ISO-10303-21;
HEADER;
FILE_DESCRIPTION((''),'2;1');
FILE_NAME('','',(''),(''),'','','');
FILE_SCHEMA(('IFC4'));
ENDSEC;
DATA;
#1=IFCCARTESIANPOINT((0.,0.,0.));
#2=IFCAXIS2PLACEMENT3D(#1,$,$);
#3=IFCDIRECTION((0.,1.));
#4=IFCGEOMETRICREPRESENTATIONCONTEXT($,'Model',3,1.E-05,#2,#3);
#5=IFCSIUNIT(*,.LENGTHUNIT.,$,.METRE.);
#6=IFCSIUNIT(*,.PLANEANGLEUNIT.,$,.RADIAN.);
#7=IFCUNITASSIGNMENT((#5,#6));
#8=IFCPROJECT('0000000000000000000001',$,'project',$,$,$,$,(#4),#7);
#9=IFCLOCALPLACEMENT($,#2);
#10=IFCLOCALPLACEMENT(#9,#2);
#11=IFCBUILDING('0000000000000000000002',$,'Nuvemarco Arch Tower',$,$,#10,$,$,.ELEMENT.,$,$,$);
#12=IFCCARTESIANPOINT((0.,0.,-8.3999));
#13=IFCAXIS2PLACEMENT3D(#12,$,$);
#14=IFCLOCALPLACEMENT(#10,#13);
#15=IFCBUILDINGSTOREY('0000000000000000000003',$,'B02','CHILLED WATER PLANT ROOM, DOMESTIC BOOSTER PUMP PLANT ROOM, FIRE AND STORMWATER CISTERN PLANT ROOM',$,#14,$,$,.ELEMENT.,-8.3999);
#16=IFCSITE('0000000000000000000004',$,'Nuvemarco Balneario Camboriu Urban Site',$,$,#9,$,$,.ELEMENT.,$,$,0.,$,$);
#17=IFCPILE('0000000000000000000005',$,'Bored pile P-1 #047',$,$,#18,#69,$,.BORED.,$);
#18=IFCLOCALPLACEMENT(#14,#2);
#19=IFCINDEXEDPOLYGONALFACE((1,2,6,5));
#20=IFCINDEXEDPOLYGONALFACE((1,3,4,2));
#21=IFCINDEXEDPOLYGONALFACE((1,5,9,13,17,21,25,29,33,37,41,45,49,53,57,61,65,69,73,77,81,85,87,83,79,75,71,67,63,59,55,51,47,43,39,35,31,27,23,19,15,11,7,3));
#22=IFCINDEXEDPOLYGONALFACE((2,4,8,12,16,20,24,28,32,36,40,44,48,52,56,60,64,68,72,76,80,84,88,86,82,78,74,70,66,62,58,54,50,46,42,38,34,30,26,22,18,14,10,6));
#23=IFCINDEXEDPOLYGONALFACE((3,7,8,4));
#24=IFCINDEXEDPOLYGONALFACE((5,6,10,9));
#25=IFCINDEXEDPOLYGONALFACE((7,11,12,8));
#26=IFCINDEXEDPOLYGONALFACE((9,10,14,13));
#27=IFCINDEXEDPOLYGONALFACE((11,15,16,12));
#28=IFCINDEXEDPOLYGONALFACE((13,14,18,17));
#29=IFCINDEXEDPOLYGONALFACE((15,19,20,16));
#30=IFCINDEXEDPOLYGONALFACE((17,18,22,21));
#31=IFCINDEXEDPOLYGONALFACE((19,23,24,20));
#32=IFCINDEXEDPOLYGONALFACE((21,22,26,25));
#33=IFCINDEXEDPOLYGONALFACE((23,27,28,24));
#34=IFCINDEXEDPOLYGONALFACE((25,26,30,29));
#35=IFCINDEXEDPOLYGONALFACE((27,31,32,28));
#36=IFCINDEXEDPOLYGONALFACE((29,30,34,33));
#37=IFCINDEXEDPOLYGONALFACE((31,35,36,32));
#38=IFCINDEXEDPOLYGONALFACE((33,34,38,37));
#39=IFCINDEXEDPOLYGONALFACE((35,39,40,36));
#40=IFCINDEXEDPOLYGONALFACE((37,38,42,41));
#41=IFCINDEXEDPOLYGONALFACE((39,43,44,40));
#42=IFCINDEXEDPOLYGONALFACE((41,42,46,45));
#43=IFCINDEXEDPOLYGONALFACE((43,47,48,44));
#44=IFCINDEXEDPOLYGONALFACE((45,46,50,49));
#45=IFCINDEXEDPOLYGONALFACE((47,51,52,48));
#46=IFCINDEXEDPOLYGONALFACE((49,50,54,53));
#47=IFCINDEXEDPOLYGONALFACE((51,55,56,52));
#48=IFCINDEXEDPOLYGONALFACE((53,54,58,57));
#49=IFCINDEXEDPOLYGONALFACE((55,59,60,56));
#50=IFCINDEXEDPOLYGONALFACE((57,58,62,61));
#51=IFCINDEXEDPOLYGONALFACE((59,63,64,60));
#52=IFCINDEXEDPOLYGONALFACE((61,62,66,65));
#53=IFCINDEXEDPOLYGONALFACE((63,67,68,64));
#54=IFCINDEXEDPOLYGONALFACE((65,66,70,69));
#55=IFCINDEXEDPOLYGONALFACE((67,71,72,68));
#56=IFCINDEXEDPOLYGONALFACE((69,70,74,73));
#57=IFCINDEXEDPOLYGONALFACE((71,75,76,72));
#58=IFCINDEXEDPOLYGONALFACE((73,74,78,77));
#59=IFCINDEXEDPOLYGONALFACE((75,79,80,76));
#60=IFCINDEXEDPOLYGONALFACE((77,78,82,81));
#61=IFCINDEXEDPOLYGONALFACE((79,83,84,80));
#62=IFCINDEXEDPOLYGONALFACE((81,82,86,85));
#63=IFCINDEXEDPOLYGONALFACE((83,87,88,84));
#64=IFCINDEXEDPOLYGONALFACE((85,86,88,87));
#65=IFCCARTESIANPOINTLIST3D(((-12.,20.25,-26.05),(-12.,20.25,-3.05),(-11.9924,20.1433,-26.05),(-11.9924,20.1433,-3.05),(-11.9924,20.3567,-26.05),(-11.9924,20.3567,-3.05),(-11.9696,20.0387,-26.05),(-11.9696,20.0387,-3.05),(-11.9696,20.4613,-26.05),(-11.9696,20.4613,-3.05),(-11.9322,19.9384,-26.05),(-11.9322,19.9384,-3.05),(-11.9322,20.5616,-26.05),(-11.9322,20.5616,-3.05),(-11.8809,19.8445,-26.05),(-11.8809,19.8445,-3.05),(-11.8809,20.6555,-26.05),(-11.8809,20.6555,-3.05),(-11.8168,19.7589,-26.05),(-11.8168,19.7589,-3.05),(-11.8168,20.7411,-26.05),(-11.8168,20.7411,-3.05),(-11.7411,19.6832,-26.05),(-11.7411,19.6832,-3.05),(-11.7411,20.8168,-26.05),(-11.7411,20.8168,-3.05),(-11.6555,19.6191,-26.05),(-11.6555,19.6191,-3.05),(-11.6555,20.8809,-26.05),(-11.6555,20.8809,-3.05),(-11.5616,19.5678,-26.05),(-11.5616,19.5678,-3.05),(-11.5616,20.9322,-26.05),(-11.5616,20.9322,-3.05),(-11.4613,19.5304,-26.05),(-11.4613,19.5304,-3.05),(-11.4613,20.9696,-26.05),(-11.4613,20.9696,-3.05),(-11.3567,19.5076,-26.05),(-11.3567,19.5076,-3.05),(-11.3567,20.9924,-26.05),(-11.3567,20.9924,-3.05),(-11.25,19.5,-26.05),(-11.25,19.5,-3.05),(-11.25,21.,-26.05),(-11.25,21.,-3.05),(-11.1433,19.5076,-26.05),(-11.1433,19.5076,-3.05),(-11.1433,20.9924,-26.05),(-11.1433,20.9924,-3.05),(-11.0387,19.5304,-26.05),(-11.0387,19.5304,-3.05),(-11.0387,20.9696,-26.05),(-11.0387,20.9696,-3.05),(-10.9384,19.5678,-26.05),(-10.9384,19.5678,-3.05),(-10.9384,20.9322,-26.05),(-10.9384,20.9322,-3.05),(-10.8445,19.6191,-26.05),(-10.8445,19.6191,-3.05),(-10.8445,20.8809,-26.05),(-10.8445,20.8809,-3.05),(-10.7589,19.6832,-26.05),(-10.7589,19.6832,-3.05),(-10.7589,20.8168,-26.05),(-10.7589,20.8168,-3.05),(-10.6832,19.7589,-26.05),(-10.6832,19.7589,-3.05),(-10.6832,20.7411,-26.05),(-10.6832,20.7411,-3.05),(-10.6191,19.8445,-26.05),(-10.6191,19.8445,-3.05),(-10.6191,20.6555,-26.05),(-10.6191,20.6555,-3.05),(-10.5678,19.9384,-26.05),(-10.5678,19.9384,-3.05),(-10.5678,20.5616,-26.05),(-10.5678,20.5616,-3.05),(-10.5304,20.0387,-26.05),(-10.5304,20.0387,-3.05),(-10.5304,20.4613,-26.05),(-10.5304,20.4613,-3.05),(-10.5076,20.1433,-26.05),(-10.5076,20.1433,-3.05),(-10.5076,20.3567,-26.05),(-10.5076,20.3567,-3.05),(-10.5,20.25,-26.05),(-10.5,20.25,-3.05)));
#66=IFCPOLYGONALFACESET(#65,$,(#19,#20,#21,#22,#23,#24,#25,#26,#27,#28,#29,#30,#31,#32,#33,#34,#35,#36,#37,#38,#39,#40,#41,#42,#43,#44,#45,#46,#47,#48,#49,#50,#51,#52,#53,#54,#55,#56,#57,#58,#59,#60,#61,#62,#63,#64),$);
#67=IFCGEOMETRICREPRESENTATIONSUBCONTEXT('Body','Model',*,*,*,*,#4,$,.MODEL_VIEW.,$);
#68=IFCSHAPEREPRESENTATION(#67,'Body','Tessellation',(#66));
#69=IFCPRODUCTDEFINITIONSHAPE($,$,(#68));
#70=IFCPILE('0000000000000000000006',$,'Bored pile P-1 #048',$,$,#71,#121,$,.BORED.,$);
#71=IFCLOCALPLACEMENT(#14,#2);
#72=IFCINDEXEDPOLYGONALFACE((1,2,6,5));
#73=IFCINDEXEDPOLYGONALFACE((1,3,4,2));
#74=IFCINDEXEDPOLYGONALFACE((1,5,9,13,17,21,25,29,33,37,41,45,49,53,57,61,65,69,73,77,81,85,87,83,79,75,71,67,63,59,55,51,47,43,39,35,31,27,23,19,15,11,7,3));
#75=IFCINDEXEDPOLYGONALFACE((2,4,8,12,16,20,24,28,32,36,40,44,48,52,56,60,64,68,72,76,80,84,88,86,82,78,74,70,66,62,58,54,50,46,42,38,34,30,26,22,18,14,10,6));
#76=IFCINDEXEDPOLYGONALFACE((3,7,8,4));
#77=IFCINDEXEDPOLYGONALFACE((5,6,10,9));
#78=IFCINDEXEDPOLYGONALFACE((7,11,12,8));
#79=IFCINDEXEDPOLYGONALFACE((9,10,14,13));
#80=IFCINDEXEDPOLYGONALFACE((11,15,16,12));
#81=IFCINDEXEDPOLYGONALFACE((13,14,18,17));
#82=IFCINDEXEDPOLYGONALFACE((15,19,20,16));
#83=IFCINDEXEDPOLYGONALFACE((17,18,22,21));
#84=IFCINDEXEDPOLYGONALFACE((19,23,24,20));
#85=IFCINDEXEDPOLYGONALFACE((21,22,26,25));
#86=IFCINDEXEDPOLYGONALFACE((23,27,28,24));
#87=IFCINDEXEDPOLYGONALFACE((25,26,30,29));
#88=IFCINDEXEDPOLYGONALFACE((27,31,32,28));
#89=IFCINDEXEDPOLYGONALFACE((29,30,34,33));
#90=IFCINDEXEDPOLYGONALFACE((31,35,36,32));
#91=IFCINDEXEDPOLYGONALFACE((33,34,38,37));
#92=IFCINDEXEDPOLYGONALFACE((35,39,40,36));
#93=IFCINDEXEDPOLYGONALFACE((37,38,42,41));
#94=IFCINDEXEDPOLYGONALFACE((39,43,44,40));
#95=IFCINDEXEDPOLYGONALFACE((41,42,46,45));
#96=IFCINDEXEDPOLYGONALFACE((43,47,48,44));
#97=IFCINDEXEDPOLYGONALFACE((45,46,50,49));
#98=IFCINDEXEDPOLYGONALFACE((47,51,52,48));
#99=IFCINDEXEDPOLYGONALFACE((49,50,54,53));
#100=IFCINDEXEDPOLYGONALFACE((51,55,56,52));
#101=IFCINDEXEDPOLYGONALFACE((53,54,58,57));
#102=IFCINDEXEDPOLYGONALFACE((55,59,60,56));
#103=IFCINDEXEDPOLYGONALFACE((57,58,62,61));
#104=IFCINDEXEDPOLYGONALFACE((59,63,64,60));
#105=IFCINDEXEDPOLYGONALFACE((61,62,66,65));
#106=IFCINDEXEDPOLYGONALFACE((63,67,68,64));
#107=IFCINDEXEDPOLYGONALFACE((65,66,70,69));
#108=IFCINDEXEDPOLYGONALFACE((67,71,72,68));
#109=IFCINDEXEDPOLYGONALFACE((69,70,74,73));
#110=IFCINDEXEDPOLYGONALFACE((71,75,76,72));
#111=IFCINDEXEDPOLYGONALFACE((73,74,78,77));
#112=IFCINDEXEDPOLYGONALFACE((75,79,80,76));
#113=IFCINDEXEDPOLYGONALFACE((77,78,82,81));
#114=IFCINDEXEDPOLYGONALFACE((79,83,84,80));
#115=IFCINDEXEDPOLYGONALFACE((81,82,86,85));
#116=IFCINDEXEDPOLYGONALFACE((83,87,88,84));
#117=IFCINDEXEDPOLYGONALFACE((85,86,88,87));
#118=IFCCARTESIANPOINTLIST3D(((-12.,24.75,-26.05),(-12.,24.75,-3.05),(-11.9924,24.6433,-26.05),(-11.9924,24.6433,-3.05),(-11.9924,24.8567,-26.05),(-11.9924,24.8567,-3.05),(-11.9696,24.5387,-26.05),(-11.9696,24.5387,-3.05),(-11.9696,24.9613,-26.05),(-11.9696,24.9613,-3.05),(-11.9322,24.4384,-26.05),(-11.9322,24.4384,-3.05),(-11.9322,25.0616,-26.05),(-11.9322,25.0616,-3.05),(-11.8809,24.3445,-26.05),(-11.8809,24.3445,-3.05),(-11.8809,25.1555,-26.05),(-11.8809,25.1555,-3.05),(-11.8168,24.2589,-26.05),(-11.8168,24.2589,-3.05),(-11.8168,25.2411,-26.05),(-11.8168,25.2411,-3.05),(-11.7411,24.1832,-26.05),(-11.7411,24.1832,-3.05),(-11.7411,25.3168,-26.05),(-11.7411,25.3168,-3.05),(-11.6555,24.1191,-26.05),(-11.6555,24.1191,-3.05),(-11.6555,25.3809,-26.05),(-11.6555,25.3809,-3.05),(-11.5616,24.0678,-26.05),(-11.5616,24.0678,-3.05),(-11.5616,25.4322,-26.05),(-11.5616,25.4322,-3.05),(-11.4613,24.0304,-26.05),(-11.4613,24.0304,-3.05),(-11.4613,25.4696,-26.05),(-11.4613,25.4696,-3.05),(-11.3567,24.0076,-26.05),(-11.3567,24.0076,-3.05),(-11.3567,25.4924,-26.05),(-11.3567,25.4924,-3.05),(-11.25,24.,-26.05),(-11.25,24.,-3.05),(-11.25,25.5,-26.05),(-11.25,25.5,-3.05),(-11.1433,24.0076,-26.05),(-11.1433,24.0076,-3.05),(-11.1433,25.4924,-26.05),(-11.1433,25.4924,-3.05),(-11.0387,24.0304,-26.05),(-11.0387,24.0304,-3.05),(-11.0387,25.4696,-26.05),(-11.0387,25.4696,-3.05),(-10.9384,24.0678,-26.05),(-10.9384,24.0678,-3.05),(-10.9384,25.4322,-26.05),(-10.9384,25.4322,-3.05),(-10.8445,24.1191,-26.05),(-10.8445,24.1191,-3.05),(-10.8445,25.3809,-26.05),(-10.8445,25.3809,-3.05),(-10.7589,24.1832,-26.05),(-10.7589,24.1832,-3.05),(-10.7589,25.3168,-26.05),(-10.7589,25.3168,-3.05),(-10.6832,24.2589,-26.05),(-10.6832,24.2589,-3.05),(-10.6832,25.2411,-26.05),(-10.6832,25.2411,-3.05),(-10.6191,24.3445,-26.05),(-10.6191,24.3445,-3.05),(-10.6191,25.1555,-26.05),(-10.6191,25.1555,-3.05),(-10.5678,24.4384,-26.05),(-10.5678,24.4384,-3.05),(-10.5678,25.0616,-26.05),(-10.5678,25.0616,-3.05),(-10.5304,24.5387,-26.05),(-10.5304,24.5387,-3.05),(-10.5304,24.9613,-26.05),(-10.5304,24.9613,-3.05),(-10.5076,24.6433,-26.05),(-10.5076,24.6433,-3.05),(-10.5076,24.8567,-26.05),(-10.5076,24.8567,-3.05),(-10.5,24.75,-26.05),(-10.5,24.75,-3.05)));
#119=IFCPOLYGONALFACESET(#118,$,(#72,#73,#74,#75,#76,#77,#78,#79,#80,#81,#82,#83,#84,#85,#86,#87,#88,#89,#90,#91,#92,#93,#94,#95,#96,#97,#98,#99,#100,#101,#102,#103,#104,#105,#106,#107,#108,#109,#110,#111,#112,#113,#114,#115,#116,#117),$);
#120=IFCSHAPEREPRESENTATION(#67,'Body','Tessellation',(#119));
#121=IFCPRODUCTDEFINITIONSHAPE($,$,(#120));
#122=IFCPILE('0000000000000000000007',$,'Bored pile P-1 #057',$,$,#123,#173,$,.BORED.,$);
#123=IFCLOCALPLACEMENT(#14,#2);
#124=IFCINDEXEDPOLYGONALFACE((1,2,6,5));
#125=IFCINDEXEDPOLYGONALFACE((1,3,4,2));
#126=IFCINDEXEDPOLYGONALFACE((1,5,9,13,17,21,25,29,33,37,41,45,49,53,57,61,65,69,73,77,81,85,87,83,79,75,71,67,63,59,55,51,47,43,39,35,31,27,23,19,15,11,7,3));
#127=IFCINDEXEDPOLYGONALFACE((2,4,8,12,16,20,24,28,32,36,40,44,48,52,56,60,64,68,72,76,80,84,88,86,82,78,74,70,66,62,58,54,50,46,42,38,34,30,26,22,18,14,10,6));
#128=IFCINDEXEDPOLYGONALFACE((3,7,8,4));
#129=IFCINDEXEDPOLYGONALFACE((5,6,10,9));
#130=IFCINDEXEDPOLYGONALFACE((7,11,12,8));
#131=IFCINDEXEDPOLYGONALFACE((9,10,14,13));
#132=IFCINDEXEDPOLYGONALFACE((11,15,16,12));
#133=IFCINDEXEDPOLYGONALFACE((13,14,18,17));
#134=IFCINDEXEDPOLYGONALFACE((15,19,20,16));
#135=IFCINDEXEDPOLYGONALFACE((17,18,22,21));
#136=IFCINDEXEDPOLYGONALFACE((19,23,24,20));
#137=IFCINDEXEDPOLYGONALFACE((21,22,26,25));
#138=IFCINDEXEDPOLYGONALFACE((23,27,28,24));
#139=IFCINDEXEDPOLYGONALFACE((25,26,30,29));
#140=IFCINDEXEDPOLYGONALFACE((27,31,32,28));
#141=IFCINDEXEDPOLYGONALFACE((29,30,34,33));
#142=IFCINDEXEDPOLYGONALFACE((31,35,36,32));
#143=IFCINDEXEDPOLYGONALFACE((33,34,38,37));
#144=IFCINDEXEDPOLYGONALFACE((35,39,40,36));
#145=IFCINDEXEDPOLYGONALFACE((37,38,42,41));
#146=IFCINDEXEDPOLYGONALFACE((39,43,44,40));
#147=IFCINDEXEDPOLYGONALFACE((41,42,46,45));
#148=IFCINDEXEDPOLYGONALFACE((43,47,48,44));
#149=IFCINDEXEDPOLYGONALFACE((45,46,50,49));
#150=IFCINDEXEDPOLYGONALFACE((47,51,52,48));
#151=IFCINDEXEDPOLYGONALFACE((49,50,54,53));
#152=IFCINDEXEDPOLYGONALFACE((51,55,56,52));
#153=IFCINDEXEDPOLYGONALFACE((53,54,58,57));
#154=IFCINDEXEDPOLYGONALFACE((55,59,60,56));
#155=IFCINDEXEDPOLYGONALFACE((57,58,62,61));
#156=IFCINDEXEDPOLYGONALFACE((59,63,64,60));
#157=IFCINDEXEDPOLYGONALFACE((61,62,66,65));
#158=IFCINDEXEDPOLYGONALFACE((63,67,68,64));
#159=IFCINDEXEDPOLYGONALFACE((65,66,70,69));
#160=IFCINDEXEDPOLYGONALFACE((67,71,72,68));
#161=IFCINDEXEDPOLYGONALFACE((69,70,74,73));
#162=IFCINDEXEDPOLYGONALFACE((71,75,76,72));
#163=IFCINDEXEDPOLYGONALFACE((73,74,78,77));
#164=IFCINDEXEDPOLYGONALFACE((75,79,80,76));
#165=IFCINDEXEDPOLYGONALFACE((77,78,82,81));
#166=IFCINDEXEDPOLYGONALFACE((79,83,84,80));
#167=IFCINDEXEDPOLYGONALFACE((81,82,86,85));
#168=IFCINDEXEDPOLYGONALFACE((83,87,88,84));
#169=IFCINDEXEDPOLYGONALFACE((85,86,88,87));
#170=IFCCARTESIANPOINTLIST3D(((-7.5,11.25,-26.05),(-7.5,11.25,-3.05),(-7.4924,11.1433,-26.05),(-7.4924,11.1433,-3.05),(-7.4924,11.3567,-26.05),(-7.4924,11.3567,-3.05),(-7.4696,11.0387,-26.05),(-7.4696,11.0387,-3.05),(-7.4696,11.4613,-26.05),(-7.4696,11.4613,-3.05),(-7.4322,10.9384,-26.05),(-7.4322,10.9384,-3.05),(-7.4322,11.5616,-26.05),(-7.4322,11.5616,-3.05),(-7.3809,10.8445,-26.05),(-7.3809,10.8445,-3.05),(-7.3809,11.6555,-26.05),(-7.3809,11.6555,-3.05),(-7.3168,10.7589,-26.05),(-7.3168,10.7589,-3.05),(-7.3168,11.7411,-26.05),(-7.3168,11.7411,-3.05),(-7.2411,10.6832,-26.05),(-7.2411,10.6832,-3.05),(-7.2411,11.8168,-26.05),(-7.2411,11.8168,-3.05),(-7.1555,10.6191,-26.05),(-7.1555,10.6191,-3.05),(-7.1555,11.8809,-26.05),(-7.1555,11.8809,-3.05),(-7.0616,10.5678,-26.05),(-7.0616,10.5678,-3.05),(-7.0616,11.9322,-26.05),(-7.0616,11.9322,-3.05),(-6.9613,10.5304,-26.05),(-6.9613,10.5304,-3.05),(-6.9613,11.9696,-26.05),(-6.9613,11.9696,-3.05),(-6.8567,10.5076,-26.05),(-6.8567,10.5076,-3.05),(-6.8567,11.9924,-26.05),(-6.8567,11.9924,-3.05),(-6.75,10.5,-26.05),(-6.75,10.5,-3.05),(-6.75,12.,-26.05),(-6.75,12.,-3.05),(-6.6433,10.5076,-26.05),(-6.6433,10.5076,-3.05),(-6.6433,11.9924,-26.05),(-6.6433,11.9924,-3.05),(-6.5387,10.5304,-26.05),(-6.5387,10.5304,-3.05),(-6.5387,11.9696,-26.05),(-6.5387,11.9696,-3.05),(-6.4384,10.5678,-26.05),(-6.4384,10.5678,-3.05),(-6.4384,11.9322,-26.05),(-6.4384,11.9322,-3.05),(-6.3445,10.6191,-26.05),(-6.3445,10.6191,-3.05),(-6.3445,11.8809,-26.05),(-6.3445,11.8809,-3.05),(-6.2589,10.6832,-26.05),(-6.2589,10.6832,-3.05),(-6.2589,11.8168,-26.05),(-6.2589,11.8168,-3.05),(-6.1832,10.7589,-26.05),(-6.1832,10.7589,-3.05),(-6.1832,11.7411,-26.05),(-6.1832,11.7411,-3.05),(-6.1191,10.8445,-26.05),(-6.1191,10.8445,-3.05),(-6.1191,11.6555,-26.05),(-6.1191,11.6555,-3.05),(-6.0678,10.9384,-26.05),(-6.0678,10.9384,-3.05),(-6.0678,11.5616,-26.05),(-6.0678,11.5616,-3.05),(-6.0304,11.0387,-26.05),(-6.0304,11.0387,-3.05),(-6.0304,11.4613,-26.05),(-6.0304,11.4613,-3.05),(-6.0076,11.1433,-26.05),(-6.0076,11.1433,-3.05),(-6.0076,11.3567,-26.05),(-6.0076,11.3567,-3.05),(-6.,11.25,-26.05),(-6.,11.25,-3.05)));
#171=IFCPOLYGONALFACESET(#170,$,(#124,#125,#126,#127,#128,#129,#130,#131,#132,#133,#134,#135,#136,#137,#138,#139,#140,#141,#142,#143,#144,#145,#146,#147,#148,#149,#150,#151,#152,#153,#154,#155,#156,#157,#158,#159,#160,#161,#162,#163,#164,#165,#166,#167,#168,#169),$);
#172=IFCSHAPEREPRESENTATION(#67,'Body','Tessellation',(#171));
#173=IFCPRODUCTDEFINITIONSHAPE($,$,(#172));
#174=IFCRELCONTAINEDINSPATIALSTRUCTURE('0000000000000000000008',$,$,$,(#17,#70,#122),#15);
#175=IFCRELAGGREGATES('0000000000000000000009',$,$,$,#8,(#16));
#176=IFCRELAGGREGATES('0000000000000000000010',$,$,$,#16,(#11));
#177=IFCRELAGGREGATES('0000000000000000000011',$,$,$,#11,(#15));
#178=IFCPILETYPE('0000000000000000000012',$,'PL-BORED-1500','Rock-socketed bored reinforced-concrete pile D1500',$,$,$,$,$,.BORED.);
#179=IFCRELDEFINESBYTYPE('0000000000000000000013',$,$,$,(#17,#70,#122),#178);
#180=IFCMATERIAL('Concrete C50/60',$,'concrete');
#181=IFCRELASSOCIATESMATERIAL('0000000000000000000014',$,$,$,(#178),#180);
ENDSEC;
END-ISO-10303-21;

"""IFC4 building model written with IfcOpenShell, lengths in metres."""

from ifc_helpers import new_model, si_unit, direction, frame, origin, origin_2d, place, context, subcontext, project, spatial, circle, extrude, material, material_profile, profile_set, type_object, element, save


model = new_model("IFC4")

# Units and contexts
model_context = context("Model", 3, precision=1e-05, world=origin(), true_north=direction((0.0, 1.0)))
body_context = subcontext(model_context, "Body", "Model", "MODEL_VIEW")
ifc_project = project(units=[si_unit("LENGTHUNIT", "METRE"), si_unit("PLANEANGLEUNIT", "RADIAN")], contexts=[model_context])

# Site, building, storey
site_placement = place(None, origin())
site = spatial("IfcSite", under=ifc_project, at=site_placement, Name="Nuvemarco Balneario Camboriu Urban Site", CompositionType="ELEMENT", RefElevation=0.0)
building_placement = place(site_placement, origin())
building = spatial("IfcBuilding", under=site, at=building_placement, Name="Nuvemarco Arch Tower", CompositionType="ELEMENT")
storey_placement = place(building_placement, frame((0.0, 0.0, -8.3999)))
storey = spatial("IfcBuildingStorey", under=building, at=storey_placement, Name="B02", Description="CHILLED WATER PLANT ROOM, DOMESTIC BOOSTER PUMP PLANT ROOM, FIRE AND STORMWATER CISTERN PLANT ROOM", CompositionType="ELEMENT", Elevation=-8.3999)

# Piles
ifc_material_1 = material(Name="Concrete C50/60", Category="concrete")
ifc_material_profile_1 = material_profile(ifc_material_1, circle(Radius=0.75, at=origin_2d()), Name="PILE-D1500")
ifc_profile_set_1 = profile_set([ifc_material_profile_1], Name="Concrete C50/60")
pile_type = type_object("IfcPileType", Name="PL-BORED-1500", Description="Rock-socketed bored reinforced-concrete pile D1500", PredefinedType="BORED", material=ifc_profile_set_1)
for number, where, z_axis, x_axis, name in (
    (1, (-11.25, 20.25, -3.05), (0.0, 0.0, -1.0), (1.0, 0.0, 0.0), "Bored pile P-1 #047"),
    (2, (-11.25, 24.75, -3.05), (0.0, 0.0, -1.0), (1.0, 0.0, 0.0), "Bored pile P-1 #048"),
    (3, (-6.75, 11.25, -3.05), (0.0, 0.0, -1.0), (1.0, 0.0, 0.0), "Bored pile P-1 #057"),
):
    element("IfcPile", number, at=place(storey_placement, frame(where, z_axis=z_axis, x_axis=x_axis)), inside=storey, type_object=pile_type, Name=name, PredefinedType="BORED", context=body_context, shape_type="SweptSolid", body=[
        extrude(circle(Radius=0.75, at=origin_2d()), origin(), (0.0, 0.0, 1.0), 23.0),
    ])

save(model, "model.ifc")
